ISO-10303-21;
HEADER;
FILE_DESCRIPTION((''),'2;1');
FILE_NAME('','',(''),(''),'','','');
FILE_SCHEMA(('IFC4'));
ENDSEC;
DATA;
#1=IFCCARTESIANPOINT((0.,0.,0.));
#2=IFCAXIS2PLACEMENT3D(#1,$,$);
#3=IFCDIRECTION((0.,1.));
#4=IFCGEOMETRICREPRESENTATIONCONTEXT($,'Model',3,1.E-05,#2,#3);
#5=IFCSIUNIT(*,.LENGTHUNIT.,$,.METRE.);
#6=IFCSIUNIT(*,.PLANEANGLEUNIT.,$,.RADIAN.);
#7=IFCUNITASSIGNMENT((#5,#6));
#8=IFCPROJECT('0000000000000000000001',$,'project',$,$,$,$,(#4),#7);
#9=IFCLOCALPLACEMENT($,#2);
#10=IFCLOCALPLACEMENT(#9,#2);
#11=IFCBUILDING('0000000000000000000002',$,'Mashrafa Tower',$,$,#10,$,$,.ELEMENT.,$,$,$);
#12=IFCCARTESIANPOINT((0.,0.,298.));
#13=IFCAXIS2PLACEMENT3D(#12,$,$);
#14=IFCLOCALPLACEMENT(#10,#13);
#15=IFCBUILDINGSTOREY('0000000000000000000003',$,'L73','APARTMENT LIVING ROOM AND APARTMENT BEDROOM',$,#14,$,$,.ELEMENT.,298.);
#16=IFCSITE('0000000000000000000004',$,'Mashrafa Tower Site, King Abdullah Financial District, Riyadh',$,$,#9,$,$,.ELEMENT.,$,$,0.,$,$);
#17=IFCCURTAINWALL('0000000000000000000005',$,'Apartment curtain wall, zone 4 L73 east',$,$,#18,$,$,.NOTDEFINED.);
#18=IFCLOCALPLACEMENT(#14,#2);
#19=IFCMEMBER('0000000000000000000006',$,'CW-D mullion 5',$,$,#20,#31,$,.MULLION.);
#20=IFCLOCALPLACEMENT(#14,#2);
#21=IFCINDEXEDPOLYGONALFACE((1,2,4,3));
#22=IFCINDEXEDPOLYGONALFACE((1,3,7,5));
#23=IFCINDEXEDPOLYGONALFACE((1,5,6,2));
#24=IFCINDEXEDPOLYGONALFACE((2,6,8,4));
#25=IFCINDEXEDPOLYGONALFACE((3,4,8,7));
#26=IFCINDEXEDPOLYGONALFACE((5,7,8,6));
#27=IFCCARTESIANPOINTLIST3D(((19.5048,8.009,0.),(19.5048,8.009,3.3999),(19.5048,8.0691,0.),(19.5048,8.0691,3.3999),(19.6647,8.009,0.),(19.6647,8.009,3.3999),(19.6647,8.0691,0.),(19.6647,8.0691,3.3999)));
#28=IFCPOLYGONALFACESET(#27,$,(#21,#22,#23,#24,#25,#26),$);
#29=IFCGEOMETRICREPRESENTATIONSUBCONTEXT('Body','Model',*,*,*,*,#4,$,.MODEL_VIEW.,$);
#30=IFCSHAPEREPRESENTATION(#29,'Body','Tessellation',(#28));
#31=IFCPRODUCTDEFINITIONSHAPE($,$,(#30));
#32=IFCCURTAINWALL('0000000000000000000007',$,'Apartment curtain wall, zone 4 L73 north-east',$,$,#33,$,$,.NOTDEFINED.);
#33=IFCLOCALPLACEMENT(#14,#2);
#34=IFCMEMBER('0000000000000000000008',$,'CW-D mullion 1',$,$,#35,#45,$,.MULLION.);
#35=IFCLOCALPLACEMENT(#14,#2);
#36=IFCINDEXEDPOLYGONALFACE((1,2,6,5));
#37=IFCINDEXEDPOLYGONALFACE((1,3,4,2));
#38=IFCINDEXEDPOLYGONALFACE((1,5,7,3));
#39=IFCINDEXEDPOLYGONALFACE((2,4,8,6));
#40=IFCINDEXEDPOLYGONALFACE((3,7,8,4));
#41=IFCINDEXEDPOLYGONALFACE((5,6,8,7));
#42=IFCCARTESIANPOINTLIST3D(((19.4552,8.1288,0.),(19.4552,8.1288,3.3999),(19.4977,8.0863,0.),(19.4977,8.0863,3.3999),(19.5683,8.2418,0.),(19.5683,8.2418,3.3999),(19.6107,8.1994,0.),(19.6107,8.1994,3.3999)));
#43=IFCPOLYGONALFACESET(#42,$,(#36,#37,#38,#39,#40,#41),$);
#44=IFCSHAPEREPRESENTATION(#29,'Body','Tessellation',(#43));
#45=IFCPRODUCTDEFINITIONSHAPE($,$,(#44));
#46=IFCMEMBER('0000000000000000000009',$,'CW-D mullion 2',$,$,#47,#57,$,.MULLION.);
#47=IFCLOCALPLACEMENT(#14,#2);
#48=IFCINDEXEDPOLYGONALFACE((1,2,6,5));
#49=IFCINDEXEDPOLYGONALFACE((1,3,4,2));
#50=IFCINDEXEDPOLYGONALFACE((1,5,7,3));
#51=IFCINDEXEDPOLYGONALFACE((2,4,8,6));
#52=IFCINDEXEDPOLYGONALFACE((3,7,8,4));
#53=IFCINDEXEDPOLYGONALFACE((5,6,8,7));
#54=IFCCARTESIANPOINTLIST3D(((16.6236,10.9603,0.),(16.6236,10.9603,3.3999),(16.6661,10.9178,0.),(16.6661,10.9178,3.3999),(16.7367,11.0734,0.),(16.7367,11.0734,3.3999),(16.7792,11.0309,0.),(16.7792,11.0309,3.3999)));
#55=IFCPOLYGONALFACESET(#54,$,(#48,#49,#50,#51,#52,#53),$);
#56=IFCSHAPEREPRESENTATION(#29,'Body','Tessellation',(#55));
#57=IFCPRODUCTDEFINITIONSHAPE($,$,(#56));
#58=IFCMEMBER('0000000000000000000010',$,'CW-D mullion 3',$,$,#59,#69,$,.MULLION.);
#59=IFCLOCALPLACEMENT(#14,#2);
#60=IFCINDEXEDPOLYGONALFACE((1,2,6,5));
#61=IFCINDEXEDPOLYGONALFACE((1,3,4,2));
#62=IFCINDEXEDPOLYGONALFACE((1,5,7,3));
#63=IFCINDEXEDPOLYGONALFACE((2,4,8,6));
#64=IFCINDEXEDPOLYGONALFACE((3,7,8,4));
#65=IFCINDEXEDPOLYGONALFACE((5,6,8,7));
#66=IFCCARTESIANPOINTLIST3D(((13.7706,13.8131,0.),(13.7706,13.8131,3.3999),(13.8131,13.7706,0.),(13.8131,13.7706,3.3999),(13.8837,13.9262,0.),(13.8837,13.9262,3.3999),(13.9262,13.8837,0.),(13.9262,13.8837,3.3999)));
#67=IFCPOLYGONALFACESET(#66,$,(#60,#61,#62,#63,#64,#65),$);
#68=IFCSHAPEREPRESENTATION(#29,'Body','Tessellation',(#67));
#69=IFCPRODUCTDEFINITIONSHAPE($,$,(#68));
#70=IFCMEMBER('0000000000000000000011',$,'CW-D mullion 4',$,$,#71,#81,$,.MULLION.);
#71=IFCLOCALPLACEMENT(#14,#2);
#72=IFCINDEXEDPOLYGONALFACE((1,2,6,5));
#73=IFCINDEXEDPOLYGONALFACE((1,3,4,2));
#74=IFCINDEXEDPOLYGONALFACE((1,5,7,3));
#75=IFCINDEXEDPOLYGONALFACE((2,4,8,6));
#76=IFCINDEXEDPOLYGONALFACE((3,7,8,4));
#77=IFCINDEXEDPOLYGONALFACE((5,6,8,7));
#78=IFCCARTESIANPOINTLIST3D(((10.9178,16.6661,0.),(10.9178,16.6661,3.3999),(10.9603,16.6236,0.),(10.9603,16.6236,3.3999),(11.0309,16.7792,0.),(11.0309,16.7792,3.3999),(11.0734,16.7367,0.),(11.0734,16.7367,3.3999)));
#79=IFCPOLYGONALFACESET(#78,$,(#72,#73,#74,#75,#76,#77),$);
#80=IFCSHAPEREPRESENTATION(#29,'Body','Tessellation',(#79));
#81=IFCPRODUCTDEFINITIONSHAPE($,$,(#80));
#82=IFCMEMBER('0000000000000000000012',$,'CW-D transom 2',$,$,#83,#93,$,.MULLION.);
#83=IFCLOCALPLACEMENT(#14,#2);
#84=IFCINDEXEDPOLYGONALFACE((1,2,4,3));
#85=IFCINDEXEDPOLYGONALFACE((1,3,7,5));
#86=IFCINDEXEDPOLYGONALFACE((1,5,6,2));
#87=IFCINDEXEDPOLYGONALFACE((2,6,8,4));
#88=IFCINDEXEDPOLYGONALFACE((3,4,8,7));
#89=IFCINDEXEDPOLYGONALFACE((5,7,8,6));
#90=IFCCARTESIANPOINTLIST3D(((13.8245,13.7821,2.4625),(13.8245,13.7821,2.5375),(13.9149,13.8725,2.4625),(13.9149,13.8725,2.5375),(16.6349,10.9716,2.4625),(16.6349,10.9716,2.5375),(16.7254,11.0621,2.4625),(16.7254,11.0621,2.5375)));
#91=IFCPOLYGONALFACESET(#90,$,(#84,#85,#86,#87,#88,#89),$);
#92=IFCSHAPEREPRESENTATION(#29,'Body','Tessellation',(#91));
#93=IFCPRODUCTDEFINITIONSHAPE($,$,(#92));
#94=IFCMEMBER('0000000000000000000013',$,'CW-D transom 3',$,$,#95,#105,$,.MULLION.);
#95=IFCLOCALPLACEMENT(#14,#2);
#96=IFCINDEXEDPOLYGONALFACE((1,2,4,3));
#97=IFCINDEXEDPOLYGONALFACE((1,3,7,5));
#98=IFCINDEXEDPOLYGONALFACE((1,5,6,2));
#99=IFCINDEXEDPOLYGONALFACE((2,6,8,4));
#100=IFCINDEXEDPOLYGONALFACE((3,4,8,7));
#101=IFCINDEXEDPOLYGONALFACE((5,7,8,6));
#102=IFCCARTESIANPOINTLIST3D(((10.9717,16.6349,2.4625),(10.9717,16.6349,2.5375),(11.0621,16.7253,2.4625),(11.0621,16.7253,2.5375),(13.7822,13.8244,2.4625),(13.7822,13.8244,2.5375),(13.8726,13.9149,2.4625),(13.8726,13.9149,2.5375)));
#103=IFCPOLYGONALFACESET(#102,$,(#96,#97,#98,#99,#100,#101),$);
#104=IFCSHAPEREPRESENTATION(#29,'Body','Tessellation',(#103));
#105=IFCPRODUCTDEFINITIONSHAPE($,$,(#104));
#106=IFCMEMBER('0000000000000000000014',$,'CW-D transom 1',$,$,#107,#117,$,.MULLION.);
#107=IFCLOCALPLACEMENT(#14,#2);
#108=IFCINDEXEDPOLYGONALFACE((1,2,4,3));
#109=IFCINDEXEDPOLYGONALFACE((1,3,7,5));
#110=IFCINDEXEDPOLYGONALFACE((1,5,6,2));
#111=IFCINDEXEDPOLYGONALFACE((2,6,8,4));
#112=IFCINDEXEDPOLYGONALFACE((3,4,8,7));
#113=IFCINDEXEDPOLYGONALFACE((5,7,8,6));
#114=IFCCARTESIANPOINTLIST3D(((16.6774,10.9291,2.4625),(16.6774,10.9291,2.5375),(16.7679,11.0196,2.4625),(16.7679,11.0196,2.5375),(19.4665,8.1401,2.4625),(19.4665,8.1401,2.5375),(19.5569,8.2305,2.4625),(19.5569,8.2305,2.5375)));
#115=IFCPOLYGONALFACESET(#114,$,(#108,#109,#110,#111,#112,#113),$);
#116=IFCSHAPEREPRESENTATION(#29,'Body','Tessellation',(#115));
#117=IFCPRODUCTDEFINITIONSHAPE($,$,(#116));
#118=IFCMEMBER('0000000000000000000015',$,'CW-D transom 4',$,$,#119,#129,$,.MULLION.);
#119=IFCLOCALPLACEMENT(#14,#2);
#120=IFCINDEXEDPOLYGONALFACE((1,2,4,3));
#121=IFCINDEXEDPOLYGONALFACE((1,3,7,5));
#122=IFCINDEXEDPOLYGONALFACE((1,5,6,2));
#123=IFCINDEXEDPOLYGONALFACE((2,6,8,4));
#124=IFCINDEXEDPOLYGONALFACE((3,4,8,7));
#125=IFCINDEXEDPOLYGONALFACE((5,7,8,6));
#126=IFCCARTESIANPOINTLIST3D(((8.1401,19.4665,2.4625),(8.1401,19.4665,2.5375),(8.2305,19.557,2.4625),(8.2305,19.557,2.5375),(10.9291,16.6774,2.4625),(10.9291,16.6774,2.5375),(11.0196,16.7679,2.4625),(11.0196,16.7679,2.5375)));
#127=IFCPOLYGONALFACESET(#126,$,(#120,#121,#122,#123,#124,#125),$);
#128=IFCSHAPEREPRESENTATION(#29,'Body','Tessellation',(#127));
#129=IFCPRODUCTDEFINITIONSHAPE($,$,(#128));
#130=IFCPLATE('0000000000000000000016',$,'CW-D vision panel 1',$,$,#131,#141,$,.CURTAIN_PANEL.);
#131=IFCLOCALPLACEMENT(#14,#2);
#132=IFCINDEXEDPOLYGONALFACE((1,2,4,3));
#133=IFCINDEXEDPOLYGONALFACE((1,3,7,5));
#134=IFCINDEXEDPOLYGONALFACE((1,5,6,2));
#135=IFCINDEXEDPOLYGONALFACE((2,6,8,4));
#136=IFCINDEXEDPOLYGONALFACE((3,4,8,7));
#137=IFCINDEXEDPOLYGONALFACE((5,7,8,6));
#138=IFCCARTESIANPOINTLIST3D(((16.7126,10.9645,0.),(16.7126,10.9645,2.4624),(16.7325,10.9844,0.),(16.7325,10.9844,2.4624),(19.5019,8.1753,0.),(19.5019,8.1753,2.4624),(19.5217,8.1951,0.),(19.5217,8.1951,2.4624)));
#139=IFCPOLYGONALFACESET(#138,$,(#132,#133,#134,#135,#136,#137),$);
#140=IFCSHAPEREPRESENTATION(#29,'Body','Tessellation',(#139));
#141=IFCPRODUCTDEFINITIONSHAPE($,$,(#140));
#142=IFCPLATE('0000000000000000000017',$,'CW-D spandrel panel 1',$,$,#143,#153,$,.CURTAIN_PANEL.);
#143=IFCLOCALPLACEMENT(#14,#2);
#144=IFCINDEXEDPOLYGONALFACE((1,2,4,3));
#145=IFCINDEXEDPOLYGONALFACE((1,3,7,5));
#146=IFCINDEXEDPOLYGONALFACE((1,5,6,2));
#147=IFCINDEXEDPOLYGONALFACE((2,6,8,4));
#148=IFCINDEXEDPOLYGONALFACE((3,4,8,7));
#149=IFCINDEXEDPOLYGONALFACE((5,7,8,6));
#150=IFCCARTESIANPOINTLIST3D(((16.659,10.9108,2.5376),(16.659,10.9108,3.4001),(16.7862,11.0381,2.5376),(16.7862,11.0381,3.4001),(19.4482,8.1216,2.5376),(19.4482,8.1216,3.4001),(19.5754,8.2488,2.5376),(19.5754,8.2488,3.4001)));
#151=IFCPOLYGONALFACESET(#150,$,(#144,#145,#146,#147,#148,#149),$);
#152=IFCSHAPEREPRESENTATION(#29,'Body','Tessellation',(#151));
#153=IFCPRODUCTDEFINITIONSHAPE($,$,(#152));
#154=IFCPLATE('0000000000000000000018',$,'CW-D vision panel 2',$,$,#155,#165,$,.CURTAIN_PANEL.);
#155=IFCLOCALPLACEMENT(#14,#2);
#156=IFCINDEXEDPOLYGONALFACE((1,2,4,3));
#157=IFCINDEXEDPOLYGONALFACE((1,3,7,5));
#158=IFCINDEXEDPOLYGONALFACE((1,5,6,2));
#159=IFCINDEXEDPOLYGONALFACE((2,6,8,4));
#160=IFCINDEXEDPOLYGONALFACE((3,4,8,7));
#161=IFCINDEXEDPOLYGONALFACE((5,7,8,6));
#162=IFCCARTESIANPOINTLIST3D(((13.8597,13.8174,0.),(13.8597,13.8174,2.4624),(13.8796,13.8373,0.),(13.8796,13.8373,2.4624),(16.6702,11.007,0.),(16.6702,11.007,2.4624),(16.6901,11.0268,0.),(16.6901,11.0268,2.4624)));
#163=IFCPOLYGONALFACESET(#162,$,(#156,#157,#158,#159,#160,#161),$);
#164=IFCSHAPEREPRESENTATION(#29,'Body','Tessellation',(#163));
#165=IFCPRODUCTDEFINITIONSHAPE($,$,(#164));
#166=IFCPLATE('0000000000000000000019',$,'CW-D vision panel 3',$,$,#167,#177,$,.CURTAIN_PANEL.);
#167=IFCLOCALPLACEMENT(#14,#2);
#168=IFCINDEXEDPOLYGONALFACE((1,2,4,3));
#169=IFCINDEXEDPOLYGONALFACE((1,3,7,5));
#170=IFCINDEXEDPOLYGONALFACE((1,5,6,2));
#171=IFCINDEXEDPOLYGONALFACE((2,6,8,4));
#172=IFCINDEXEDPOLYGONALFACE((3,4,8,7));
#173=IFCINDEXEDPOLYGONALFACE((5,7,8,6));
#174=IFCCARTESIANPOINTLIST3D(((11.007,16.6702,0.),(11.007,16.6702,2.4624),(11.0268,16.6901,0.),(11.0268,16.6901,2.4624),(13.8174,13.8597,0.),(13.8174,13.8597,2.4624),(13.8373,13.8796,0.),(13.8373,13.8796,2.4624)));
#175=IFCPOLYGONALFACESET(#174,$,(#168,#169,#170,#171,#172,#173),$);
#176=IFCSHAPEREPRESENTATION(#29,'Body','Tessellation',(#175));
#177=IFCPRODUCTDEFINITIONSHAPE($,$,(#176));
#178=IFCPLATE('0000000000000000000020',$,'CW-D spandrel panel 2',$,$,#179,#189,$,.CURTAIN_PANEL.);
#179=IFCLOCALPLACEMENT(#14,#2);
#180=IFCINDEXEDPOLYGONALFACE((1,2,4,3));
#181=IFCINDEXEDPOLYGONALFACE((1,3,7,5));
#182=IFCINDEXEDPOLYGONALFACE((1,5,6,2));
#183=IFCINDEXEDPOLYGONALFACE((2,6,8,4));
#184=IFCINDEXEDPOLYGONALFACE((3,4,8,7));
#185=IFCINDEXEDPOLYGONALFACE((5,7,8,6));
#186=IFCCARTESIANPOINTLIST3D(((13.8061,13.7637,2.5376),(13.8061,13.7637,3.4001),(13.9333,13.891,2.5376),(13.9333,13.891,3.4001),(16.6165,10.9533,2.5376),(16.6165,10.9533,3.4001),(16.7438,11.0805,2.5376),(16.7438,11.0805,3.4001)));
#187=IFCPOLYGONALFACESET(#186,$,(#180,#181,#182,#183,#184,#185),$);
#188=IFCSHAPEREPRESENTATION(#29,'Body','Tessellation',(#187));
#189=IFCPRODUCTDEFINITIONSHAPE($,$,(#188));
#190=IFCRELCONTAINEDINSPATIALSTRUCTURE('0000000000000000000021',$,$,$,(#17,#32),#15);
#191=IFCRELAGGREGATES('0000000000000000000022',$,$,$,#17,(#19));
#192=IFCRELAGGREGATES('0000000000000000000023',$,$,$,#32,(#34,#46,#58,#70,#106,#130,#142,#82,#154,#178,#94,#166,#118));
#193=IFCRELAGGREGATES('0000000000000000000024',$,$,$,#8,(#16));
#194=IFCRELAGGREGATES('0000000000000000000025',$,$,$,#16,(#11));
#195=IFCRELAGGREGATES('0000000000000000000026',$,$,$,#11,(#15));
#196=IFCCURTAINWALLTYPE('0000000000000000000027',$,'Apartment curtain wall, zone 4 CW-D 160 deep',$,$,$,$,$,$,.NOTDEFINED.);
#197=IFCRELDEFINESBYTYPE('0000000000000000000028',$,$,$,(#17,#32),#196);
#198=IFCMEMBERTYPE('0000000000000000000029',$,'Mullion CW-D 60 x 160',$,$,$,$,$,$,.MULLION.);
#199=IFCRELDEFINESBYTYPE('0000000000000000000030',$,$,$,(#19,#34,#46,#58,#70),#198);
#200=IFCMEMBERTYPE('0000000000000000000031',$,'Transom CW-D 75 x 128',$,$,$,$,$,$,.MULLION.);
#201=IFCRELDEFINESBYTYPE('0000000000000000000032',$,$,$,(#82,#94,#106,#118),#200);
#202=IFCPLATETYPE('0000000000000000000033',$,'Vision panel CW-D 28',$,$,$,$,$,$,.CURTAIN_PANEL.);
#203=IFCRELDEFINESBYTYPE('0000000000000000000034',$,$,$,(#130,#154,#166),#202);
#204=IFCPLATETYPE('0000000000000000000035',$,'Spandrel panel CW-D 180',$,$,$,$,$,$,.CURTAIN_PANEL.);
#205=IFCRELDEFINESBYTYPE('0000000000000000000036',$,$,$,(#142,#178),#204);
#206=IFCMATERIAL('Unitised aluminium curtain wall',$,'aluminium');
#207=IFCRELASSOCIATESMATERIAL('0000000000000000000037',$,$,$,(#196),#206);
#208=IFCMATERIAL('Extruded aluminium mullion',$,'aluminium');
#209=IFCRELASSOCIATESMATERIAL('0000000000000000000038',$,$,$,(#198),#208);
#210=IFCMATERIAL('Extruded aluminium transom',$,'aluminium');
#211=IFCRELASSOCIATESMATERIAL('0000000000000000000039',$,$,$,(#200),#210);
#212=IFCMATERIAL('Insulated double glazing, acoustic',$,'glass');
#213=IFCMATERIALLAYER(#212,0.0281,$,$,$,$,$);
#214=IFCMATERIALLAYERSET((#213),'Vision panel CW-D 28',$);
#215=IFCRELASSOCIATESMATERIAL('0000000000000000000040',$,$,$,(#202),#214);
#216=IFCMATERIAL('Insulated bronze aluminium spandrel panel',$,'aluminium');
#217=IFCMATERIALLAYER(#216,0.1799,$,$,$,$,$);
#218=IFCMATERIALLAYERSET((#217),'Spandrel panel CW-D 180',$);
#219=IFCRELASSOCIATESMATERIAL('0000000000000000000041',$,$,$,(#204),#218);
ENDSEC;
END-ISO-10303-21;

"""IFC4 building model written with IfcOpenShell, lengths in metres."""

from ifc_helpers import new_model, si_unit, direction, frame, origin, origin_2d, place, context, subcontext, project, spatial, rectangle, extrude, source, transform, mapped, material, layer, layer_set, material_profile, profile_set, type_object, type_shapes, element, aggregate, save


model = new_model("IFC4")

# Units and contexts
model_context = context("Model", 3, precision=1e-05, world=origin(), true_north=direction((0.0, 1.0)))
body_context = subcontext(model_context, "Body", "Model", "MODEL_VIEW")
ifc_project = project(units=[si_unit("LENGTHUNIT", "METRE"), si_unit("PLANEANGLEUNIT", "RADIAN")], contexts=[model_context])

# Site, building, storey
site_placement = place(None, origin())
site = spatial("IfcSite", under=ifc_project, at=site_placement, Name="Mashrafa Tower Site, King Abdullah Financial District, Riyadh", CompositionType="ELEMENT", RefElevation=0.0)
building_placement = place(site_placement, origin())
building = spatial("IfcBuilding", under=site, at=building_placement, Name="Mashrafa Tower", CompositionType="ELEMENT")
storey_placement = place(building_placement, frame((0.0, 0.0, 298.0)))
storey = spatial("IfcBuildingStorey", under=building, at=storey_placement, Name="L73", Description="APARTMENT LIVING ROOM AND APARTMENT BEDROOM", CompositionType="ELEMENT", Elevation=298.0)

# Curtain wall, member
ifc_material_1 = material(Name="Unitised aluminium curtain wall", Category="aluminium")
curtain_wall_type = type_object("IfcCurtainWallType", Name="Apartment curtain wall, zone 4 CW-D 160 deep", PredefinedType="NOTDEFINED", material=ifc_material_1)
curtain_wall_1_placement = place(storey_placement, origin())
curtain_wall_1 = element("IfcCurtainWall", 1, at=curtain_wall_1_placement, inside=storey, type_object=curtain_wall_type, Name="Apartment curtain wall, zone 4 L73 east", PredefinedType="NOTDEFINED")
ifc_material_2 = material(Name="Extruded aluminium mullion", Category="aluminium")
ifc_material_profile_1 = material_profile(ifc_material_2, rectangle(XDim=0.1599, YDim=0.0601, at=origin_2d()), Name="Mullion 60x160")
ifc_profile_set_1 = profile_set([ifc_material_profile_1], Name="Extruded aluminium mullion")
member_type_1 = type_object("IfcMemberType", Name="Mullion CW-D 60 x 160", PredefinedType="MULLION", material=ifc_profile_set_1)
shared_shape_1 = source(origin(), body_context, "Body", "SweptSolid", [
    extrude(rectangle(XDim=0.1599, YDim=0.0601, at=origin_2d()), origin(), (0.0, 0.0, 1.0), 3.3999),
])
type_shapes(member_type_1, [shared_shape_1])
member_1_placement = place(storey_placement, frame((19.5847, 8.0391, 0.0), z_axis=(0.0, 0.0, 1.0), x_axis=(-1.0, 0.0, 0.0)))
member_1 = element("IfcMember", 2, at=member_1_placement, type_object=member_type_1, Name="CW-D mullion 5", PredefinedType="MULLION", context=body_context, shape_type="MappedRepresentation", body=[
    mapped(shared_shape_1, transform((0.0, 0.0, 0.0))),
])
aggregate(curtain_wall_1, [member_1])

# Curtain wall, members, plates
curtain_wall_2_placement = place(storey_placement, origin())
curtain_wall_2 = element("IfcCurtainWall", 3, at=curtain_wall_2_placement, inside=storey, type_object=curtain_wall_type, Name="Apartment curtain wall, zone 4 L73 north-east", PredefinedType="NOTDEFINED")
member_2_placement = place(storey_placement, frame((19.533, 8.1641, 0.0), z_axis=(0.0, 0.0, 1.0), x_axis=(-0.707107, -0.707107, 0.0)))
member_2 = element("IfcMember", 4, at=member_2_placement, type_object=member_type_1, Name="CW-D mullion 1", PredefinedType="MULLION", context=body_context, shape_type="MappedRepresentation", body=[
    mapped(shared_shape_1, transform((0.0, 0.0, 0.0))),
])
member_3_placement = place(storey_placement, frame((16.7014, 10.9956, 0.0), z_axis=(0.0, 0.0, 1.0), x_axis=(-0.707107, -0.707107, 0.0)))
member_3 = element("IfcMember", 5, at=member_3_placement, type_object=member_type_1, Name="CW-D mullion 2", PredefinedType="MULLION", context=body_context, shape_type="MappedRepresentation", body=[
    mapped(shared_shape_1, transform((0.0, 0.0, 0.0))),
])
member_4_placement = place(storey_placement, frame((13.8484, 13.8484, 0.0), z_axis=(0.0, 0.0, 1.0), x_axis=(-0.707107, -0.707107, 0.0)))
member_4 = element("IfcMember", 6, at=member_4_placement, type_object=member_type_1, Name="CW-D mullion 3", PredefinedType="MULLION", context=body_context, shape_type="MappedRepresentation", body=[
    mapped(shared_shape_1, transform((0.0, 0.0, 0.0))),
])
member_5_placement = place(storey_placement, frame((10.9956, 16.7014, 0.0), z_axis=(0.0, 0.0, 1.0), x_axis=(-0.707107, -0.707107, 0.0)))
member_5 = element("IfcMember", 7, at=member_5_placement, type_object=member_type_1, Name="CW-D mullion 4", PredefinedType="MULLION", context=body_context, shape_type="MappedRepresentation", body=[
    mapped(shared_shape_1, transform((0.0, 0.0, 0.0))),
])
ifc_material_3 = material(Name="Extruded aluminium transom", Category="aluminium")
ifc_material_profile_2 = material_profile(ifc_material_3, rectangle(XDim=0.1279, YDim=0.075, at=origin_2d()), Name="Transom 75x128")
ifc_profile_set_2 = profile_set([ifc_material_profile_2], Name="Extruded aluminium transom")
member_type_2 = type_object("IfcMemberType", Name="Transom CW-D 75 x 128", PredefinedType="MULLION", material=ifc_profile_set_2)
shared_shape_2 = source(origin(), body_context, "Body", "SweptSolid", [
    extrude(rectangle(XDim=0.1279, YDim=0.075, at=origin_2d()), origin(), (0.0, 0.0, 1.0), 3.9746),
])
member_6_placement = place(storey_placement, frame((16.6802, 11.0168, 2.5), z_axis=(-0.707107, 0.707107, 0.0), x_axis=(-0.707107, -0.707107, 0.0)))
member_6 = element("IfcMember", 8, at=member_6_placement, type_object=member_type_2, Name="CW-D transom 2", PredefinedType="MULLION", context=body_context, shape_type="MappedRepresentation", body=[
    mapped(shared_shape_2, transform((0.0, 0.0, 0.0))),
])
member_7_placement = place(storey_placement, frame((13.8274, 13.8696, 2.5), z_axis=(-0.707107, 0.707107, 0.0), x_axis=(-0.707107, -0.707107, 0.0)))
member_7 = element("IfcMember", 9, at=member_7_placement, type_object=member_type_2, Name="CW-D transom 3", PredefinedType="MULLION", context=body_context, shape_type="MappedRepresentation", body=[
    mapped(shared_shape_2, transform((0.0, 0.0, 0.0))),
])
shared_shape_3 = source(origin(), body_context, "Body", "SweptSolid", [
    extrude(rectangle(XDim=0.1279, YDim=0.075, at=origin_2d()), origin(), (0.0, 0.0, 1.0), 3.9443),
])
type_shapes(member_type_2, [shared_shape_2, shared_shape_3])
member_8_placement = place(storey_placement, frame((19.5117, 8.1853, 2.5), z_axis=(-0.707107, 0.707107, 0.0), x_axis=(-0.707107, -0.707107, 0.0)))
member_8 = element("IfcMember", 10, at=member_8_placement, type_object=member_type_2, Name="CW-D transom 1", PredefinedType="MULLION", context=body_context, shape_type="MappedRepresentation", body=[
    mapped(shared_shape_3, transform((0.0, 0.0, 0.0))),
])
member_9_placement = place(storey_placement, frame((10.9744, 16.7227, 2.5), z_axis=(-0.707107, 0.707107, 0.0), x_axis=(-0.707107, -0.707107, 0.0)))
member_9 = element("IfcMember", 11, at=member_9_placement, type_object=member_type_2, Name="CW-D transom 4", PredefinedType="MULLION", context=body_context, shape_type="MappedRepresentation", body=[
    mapped(shared_shape_3, transform((0.0, 0.0, 0.0))),
])
ifc_material_4 = material(Name="Insulated double glazing, acoustic", Category="glass")
ifc_layer_1 = layer(ifc_material_4, 0.0281)
ifc_layer_set_1 = layer_set([ifc_layer_1], Name="Vision panel CW-D 28")
plate_type_1 = type_object("IfcPlateType", Name="Vision panel CW-D 28", PredefinedType="CURTAIN_PANEL", material=ifc_layer_set_1)
shared_shape_4 = source(origin(), body_context, "Body", "SweptSolid", [
    extrude(rectangle(XDim=3.9446, YDim=0.0281, at=origin_2d()), origin(), (0.0, 0.0, 1.0), 2.4624),
])
plate_1_placement = place(storey_placement, frame((18.1172, 9.5798, 0.0), z_axis=(0.0, 0.0, 1.0), x_axis=(-0.707107, 0.707107, 0.0)))
plate_1 = element("IfcPlate", 12, at=plate_1_placement, type_object=plate_type_1, Name="CW-D vision panel 1", PredefinedType="CURTAIN_PANEL", context=body_context, shape_type="MappedRepresentation", body=[
    mapped(shared_shape_4, transform((0.0, 0.0, 0.0))),
])
ifc_material_5 = material(Name="Insulated bronze aluminium spandrel panel", Category="aluminium")
ifc_layer_2 = layer(ifc_material_5, 0.1799)
ifc_layer_set_2 = layer_set([ifc_layer_2], Name="Spandrel panel CW-D 180")
plate_type_2 = type_object("IfcPlateType", Name="Spandrel panel CW-D 180", PredefinedType="CURTAIN_PANEL", material=ifc_layer_set_2)
shared_shape_5 = source(origin(), body_context, "Body", "SweptSolid", [
    extrude(rectangle(XDim=3.9446, YDim=0.1799, at=origin_2d()), origin(), (0.0, 0.0, 1.0), 0.8625),
])
plate_2_placement = place(storey_placement, frame((18.1172, 9.5798, 2.5376), z_axis=(0.0, 0.0, 1.0), x_axis=(-0.707107, 0.707107, 0.0)))
plate_2 = element("IfcPlate", 13, at=plate_2_placement, type_object=plate_type_2, Name="CW-D spandrel panel 1", PredefinedType="CURTAIN_PANEL", context=body_context, shape_type="MappedRepresentation", body=[
    mapped(shared_shape_5, transform((0.0, 0.0, 0.0))),
])
shared_shape_6 = source(origin(), body_context, "Body", "SweptSolid", [
    extrude(rectangle(XDim=3.9746, YDim=0.0281, at=origin_2d()), origin(), (0.0, 0.0, 1.0), 2.4624),
])
type_shapes(plate_type_1, [shared_shape_4, shared_shape_6])
plate_3_placement = place(storey_placement, frame((15.2749, 12.4221, 0.0), z_axis=(0.0, 0.0, 1.0), x_axis=(-0.707107, 0.707107, 0.0)))
plate_3 = element("IfcPlate", 14, at=plate_3_placement, type_object=plate_type_1, Name="CW-D vision panel 2", PredefinedType="CURTAIN_PANEL", context=body_context, shape_type="MappedRepresentation", body=[
    mapped(shared_shape_6, transform((0.0, 0.0, 0.0))),
])
plate_4_placement = place(storey_placement, frame((12.4221, 15.2749, 0.0), z_axis=(0.0, 0.0, 1.0), x_axis=(-0.707107, 0.707107, 0.0)))
plate_4 = element("IfcPlate", 15, at=plate_4_placement, type_object=plate_type_1, Name="CW-D vision panel 3", PredefinedType="CURTAIN_PANEL", context=body_context, shape_type="MappedRepresentation", body=[
    mapped(shared_shape_6, transform((0.0, 0.0, 0.0))),
])
shared_shape_7 = source(origin(), body_context, "Body", "SweptSolid", [
    extrude(rectangle(XDim=3.9746, YDim=0.1799, at=origin_2d()), origin(), (0.0, 0.0, 1.0), 0.8625),
])
type_shapes(plate_type_2, [shared_shape_5, shared_shape_7])
plate_5_placement = place(storey_placement, frame((15.2749, 12.4221, 2.5376), z_axis=(0.0, 0.0, 1.0), x_axis=(-0.707107, 0.707107, 0.0)))
plate_5 = element("IfcPlate", 16, at=plate_5_placement, type_object=plate_type_2, Name="CW-D spandrel panel 2", PredefinedType="CURTAIN_PANEL", context=body_context, shape_type="MappedRepresentation", body=[
    mapped(shared_shape_7, transform((0.0, 0.0, 0.0))),
])
aggregate(curtain_wall_2, [member_2, member_3, member_4, member_5, member_8, plate_1, plate_2, member_6, plate_3, plate_5, member_7, plate_4, member_9])

save(model, "model.ifc")
